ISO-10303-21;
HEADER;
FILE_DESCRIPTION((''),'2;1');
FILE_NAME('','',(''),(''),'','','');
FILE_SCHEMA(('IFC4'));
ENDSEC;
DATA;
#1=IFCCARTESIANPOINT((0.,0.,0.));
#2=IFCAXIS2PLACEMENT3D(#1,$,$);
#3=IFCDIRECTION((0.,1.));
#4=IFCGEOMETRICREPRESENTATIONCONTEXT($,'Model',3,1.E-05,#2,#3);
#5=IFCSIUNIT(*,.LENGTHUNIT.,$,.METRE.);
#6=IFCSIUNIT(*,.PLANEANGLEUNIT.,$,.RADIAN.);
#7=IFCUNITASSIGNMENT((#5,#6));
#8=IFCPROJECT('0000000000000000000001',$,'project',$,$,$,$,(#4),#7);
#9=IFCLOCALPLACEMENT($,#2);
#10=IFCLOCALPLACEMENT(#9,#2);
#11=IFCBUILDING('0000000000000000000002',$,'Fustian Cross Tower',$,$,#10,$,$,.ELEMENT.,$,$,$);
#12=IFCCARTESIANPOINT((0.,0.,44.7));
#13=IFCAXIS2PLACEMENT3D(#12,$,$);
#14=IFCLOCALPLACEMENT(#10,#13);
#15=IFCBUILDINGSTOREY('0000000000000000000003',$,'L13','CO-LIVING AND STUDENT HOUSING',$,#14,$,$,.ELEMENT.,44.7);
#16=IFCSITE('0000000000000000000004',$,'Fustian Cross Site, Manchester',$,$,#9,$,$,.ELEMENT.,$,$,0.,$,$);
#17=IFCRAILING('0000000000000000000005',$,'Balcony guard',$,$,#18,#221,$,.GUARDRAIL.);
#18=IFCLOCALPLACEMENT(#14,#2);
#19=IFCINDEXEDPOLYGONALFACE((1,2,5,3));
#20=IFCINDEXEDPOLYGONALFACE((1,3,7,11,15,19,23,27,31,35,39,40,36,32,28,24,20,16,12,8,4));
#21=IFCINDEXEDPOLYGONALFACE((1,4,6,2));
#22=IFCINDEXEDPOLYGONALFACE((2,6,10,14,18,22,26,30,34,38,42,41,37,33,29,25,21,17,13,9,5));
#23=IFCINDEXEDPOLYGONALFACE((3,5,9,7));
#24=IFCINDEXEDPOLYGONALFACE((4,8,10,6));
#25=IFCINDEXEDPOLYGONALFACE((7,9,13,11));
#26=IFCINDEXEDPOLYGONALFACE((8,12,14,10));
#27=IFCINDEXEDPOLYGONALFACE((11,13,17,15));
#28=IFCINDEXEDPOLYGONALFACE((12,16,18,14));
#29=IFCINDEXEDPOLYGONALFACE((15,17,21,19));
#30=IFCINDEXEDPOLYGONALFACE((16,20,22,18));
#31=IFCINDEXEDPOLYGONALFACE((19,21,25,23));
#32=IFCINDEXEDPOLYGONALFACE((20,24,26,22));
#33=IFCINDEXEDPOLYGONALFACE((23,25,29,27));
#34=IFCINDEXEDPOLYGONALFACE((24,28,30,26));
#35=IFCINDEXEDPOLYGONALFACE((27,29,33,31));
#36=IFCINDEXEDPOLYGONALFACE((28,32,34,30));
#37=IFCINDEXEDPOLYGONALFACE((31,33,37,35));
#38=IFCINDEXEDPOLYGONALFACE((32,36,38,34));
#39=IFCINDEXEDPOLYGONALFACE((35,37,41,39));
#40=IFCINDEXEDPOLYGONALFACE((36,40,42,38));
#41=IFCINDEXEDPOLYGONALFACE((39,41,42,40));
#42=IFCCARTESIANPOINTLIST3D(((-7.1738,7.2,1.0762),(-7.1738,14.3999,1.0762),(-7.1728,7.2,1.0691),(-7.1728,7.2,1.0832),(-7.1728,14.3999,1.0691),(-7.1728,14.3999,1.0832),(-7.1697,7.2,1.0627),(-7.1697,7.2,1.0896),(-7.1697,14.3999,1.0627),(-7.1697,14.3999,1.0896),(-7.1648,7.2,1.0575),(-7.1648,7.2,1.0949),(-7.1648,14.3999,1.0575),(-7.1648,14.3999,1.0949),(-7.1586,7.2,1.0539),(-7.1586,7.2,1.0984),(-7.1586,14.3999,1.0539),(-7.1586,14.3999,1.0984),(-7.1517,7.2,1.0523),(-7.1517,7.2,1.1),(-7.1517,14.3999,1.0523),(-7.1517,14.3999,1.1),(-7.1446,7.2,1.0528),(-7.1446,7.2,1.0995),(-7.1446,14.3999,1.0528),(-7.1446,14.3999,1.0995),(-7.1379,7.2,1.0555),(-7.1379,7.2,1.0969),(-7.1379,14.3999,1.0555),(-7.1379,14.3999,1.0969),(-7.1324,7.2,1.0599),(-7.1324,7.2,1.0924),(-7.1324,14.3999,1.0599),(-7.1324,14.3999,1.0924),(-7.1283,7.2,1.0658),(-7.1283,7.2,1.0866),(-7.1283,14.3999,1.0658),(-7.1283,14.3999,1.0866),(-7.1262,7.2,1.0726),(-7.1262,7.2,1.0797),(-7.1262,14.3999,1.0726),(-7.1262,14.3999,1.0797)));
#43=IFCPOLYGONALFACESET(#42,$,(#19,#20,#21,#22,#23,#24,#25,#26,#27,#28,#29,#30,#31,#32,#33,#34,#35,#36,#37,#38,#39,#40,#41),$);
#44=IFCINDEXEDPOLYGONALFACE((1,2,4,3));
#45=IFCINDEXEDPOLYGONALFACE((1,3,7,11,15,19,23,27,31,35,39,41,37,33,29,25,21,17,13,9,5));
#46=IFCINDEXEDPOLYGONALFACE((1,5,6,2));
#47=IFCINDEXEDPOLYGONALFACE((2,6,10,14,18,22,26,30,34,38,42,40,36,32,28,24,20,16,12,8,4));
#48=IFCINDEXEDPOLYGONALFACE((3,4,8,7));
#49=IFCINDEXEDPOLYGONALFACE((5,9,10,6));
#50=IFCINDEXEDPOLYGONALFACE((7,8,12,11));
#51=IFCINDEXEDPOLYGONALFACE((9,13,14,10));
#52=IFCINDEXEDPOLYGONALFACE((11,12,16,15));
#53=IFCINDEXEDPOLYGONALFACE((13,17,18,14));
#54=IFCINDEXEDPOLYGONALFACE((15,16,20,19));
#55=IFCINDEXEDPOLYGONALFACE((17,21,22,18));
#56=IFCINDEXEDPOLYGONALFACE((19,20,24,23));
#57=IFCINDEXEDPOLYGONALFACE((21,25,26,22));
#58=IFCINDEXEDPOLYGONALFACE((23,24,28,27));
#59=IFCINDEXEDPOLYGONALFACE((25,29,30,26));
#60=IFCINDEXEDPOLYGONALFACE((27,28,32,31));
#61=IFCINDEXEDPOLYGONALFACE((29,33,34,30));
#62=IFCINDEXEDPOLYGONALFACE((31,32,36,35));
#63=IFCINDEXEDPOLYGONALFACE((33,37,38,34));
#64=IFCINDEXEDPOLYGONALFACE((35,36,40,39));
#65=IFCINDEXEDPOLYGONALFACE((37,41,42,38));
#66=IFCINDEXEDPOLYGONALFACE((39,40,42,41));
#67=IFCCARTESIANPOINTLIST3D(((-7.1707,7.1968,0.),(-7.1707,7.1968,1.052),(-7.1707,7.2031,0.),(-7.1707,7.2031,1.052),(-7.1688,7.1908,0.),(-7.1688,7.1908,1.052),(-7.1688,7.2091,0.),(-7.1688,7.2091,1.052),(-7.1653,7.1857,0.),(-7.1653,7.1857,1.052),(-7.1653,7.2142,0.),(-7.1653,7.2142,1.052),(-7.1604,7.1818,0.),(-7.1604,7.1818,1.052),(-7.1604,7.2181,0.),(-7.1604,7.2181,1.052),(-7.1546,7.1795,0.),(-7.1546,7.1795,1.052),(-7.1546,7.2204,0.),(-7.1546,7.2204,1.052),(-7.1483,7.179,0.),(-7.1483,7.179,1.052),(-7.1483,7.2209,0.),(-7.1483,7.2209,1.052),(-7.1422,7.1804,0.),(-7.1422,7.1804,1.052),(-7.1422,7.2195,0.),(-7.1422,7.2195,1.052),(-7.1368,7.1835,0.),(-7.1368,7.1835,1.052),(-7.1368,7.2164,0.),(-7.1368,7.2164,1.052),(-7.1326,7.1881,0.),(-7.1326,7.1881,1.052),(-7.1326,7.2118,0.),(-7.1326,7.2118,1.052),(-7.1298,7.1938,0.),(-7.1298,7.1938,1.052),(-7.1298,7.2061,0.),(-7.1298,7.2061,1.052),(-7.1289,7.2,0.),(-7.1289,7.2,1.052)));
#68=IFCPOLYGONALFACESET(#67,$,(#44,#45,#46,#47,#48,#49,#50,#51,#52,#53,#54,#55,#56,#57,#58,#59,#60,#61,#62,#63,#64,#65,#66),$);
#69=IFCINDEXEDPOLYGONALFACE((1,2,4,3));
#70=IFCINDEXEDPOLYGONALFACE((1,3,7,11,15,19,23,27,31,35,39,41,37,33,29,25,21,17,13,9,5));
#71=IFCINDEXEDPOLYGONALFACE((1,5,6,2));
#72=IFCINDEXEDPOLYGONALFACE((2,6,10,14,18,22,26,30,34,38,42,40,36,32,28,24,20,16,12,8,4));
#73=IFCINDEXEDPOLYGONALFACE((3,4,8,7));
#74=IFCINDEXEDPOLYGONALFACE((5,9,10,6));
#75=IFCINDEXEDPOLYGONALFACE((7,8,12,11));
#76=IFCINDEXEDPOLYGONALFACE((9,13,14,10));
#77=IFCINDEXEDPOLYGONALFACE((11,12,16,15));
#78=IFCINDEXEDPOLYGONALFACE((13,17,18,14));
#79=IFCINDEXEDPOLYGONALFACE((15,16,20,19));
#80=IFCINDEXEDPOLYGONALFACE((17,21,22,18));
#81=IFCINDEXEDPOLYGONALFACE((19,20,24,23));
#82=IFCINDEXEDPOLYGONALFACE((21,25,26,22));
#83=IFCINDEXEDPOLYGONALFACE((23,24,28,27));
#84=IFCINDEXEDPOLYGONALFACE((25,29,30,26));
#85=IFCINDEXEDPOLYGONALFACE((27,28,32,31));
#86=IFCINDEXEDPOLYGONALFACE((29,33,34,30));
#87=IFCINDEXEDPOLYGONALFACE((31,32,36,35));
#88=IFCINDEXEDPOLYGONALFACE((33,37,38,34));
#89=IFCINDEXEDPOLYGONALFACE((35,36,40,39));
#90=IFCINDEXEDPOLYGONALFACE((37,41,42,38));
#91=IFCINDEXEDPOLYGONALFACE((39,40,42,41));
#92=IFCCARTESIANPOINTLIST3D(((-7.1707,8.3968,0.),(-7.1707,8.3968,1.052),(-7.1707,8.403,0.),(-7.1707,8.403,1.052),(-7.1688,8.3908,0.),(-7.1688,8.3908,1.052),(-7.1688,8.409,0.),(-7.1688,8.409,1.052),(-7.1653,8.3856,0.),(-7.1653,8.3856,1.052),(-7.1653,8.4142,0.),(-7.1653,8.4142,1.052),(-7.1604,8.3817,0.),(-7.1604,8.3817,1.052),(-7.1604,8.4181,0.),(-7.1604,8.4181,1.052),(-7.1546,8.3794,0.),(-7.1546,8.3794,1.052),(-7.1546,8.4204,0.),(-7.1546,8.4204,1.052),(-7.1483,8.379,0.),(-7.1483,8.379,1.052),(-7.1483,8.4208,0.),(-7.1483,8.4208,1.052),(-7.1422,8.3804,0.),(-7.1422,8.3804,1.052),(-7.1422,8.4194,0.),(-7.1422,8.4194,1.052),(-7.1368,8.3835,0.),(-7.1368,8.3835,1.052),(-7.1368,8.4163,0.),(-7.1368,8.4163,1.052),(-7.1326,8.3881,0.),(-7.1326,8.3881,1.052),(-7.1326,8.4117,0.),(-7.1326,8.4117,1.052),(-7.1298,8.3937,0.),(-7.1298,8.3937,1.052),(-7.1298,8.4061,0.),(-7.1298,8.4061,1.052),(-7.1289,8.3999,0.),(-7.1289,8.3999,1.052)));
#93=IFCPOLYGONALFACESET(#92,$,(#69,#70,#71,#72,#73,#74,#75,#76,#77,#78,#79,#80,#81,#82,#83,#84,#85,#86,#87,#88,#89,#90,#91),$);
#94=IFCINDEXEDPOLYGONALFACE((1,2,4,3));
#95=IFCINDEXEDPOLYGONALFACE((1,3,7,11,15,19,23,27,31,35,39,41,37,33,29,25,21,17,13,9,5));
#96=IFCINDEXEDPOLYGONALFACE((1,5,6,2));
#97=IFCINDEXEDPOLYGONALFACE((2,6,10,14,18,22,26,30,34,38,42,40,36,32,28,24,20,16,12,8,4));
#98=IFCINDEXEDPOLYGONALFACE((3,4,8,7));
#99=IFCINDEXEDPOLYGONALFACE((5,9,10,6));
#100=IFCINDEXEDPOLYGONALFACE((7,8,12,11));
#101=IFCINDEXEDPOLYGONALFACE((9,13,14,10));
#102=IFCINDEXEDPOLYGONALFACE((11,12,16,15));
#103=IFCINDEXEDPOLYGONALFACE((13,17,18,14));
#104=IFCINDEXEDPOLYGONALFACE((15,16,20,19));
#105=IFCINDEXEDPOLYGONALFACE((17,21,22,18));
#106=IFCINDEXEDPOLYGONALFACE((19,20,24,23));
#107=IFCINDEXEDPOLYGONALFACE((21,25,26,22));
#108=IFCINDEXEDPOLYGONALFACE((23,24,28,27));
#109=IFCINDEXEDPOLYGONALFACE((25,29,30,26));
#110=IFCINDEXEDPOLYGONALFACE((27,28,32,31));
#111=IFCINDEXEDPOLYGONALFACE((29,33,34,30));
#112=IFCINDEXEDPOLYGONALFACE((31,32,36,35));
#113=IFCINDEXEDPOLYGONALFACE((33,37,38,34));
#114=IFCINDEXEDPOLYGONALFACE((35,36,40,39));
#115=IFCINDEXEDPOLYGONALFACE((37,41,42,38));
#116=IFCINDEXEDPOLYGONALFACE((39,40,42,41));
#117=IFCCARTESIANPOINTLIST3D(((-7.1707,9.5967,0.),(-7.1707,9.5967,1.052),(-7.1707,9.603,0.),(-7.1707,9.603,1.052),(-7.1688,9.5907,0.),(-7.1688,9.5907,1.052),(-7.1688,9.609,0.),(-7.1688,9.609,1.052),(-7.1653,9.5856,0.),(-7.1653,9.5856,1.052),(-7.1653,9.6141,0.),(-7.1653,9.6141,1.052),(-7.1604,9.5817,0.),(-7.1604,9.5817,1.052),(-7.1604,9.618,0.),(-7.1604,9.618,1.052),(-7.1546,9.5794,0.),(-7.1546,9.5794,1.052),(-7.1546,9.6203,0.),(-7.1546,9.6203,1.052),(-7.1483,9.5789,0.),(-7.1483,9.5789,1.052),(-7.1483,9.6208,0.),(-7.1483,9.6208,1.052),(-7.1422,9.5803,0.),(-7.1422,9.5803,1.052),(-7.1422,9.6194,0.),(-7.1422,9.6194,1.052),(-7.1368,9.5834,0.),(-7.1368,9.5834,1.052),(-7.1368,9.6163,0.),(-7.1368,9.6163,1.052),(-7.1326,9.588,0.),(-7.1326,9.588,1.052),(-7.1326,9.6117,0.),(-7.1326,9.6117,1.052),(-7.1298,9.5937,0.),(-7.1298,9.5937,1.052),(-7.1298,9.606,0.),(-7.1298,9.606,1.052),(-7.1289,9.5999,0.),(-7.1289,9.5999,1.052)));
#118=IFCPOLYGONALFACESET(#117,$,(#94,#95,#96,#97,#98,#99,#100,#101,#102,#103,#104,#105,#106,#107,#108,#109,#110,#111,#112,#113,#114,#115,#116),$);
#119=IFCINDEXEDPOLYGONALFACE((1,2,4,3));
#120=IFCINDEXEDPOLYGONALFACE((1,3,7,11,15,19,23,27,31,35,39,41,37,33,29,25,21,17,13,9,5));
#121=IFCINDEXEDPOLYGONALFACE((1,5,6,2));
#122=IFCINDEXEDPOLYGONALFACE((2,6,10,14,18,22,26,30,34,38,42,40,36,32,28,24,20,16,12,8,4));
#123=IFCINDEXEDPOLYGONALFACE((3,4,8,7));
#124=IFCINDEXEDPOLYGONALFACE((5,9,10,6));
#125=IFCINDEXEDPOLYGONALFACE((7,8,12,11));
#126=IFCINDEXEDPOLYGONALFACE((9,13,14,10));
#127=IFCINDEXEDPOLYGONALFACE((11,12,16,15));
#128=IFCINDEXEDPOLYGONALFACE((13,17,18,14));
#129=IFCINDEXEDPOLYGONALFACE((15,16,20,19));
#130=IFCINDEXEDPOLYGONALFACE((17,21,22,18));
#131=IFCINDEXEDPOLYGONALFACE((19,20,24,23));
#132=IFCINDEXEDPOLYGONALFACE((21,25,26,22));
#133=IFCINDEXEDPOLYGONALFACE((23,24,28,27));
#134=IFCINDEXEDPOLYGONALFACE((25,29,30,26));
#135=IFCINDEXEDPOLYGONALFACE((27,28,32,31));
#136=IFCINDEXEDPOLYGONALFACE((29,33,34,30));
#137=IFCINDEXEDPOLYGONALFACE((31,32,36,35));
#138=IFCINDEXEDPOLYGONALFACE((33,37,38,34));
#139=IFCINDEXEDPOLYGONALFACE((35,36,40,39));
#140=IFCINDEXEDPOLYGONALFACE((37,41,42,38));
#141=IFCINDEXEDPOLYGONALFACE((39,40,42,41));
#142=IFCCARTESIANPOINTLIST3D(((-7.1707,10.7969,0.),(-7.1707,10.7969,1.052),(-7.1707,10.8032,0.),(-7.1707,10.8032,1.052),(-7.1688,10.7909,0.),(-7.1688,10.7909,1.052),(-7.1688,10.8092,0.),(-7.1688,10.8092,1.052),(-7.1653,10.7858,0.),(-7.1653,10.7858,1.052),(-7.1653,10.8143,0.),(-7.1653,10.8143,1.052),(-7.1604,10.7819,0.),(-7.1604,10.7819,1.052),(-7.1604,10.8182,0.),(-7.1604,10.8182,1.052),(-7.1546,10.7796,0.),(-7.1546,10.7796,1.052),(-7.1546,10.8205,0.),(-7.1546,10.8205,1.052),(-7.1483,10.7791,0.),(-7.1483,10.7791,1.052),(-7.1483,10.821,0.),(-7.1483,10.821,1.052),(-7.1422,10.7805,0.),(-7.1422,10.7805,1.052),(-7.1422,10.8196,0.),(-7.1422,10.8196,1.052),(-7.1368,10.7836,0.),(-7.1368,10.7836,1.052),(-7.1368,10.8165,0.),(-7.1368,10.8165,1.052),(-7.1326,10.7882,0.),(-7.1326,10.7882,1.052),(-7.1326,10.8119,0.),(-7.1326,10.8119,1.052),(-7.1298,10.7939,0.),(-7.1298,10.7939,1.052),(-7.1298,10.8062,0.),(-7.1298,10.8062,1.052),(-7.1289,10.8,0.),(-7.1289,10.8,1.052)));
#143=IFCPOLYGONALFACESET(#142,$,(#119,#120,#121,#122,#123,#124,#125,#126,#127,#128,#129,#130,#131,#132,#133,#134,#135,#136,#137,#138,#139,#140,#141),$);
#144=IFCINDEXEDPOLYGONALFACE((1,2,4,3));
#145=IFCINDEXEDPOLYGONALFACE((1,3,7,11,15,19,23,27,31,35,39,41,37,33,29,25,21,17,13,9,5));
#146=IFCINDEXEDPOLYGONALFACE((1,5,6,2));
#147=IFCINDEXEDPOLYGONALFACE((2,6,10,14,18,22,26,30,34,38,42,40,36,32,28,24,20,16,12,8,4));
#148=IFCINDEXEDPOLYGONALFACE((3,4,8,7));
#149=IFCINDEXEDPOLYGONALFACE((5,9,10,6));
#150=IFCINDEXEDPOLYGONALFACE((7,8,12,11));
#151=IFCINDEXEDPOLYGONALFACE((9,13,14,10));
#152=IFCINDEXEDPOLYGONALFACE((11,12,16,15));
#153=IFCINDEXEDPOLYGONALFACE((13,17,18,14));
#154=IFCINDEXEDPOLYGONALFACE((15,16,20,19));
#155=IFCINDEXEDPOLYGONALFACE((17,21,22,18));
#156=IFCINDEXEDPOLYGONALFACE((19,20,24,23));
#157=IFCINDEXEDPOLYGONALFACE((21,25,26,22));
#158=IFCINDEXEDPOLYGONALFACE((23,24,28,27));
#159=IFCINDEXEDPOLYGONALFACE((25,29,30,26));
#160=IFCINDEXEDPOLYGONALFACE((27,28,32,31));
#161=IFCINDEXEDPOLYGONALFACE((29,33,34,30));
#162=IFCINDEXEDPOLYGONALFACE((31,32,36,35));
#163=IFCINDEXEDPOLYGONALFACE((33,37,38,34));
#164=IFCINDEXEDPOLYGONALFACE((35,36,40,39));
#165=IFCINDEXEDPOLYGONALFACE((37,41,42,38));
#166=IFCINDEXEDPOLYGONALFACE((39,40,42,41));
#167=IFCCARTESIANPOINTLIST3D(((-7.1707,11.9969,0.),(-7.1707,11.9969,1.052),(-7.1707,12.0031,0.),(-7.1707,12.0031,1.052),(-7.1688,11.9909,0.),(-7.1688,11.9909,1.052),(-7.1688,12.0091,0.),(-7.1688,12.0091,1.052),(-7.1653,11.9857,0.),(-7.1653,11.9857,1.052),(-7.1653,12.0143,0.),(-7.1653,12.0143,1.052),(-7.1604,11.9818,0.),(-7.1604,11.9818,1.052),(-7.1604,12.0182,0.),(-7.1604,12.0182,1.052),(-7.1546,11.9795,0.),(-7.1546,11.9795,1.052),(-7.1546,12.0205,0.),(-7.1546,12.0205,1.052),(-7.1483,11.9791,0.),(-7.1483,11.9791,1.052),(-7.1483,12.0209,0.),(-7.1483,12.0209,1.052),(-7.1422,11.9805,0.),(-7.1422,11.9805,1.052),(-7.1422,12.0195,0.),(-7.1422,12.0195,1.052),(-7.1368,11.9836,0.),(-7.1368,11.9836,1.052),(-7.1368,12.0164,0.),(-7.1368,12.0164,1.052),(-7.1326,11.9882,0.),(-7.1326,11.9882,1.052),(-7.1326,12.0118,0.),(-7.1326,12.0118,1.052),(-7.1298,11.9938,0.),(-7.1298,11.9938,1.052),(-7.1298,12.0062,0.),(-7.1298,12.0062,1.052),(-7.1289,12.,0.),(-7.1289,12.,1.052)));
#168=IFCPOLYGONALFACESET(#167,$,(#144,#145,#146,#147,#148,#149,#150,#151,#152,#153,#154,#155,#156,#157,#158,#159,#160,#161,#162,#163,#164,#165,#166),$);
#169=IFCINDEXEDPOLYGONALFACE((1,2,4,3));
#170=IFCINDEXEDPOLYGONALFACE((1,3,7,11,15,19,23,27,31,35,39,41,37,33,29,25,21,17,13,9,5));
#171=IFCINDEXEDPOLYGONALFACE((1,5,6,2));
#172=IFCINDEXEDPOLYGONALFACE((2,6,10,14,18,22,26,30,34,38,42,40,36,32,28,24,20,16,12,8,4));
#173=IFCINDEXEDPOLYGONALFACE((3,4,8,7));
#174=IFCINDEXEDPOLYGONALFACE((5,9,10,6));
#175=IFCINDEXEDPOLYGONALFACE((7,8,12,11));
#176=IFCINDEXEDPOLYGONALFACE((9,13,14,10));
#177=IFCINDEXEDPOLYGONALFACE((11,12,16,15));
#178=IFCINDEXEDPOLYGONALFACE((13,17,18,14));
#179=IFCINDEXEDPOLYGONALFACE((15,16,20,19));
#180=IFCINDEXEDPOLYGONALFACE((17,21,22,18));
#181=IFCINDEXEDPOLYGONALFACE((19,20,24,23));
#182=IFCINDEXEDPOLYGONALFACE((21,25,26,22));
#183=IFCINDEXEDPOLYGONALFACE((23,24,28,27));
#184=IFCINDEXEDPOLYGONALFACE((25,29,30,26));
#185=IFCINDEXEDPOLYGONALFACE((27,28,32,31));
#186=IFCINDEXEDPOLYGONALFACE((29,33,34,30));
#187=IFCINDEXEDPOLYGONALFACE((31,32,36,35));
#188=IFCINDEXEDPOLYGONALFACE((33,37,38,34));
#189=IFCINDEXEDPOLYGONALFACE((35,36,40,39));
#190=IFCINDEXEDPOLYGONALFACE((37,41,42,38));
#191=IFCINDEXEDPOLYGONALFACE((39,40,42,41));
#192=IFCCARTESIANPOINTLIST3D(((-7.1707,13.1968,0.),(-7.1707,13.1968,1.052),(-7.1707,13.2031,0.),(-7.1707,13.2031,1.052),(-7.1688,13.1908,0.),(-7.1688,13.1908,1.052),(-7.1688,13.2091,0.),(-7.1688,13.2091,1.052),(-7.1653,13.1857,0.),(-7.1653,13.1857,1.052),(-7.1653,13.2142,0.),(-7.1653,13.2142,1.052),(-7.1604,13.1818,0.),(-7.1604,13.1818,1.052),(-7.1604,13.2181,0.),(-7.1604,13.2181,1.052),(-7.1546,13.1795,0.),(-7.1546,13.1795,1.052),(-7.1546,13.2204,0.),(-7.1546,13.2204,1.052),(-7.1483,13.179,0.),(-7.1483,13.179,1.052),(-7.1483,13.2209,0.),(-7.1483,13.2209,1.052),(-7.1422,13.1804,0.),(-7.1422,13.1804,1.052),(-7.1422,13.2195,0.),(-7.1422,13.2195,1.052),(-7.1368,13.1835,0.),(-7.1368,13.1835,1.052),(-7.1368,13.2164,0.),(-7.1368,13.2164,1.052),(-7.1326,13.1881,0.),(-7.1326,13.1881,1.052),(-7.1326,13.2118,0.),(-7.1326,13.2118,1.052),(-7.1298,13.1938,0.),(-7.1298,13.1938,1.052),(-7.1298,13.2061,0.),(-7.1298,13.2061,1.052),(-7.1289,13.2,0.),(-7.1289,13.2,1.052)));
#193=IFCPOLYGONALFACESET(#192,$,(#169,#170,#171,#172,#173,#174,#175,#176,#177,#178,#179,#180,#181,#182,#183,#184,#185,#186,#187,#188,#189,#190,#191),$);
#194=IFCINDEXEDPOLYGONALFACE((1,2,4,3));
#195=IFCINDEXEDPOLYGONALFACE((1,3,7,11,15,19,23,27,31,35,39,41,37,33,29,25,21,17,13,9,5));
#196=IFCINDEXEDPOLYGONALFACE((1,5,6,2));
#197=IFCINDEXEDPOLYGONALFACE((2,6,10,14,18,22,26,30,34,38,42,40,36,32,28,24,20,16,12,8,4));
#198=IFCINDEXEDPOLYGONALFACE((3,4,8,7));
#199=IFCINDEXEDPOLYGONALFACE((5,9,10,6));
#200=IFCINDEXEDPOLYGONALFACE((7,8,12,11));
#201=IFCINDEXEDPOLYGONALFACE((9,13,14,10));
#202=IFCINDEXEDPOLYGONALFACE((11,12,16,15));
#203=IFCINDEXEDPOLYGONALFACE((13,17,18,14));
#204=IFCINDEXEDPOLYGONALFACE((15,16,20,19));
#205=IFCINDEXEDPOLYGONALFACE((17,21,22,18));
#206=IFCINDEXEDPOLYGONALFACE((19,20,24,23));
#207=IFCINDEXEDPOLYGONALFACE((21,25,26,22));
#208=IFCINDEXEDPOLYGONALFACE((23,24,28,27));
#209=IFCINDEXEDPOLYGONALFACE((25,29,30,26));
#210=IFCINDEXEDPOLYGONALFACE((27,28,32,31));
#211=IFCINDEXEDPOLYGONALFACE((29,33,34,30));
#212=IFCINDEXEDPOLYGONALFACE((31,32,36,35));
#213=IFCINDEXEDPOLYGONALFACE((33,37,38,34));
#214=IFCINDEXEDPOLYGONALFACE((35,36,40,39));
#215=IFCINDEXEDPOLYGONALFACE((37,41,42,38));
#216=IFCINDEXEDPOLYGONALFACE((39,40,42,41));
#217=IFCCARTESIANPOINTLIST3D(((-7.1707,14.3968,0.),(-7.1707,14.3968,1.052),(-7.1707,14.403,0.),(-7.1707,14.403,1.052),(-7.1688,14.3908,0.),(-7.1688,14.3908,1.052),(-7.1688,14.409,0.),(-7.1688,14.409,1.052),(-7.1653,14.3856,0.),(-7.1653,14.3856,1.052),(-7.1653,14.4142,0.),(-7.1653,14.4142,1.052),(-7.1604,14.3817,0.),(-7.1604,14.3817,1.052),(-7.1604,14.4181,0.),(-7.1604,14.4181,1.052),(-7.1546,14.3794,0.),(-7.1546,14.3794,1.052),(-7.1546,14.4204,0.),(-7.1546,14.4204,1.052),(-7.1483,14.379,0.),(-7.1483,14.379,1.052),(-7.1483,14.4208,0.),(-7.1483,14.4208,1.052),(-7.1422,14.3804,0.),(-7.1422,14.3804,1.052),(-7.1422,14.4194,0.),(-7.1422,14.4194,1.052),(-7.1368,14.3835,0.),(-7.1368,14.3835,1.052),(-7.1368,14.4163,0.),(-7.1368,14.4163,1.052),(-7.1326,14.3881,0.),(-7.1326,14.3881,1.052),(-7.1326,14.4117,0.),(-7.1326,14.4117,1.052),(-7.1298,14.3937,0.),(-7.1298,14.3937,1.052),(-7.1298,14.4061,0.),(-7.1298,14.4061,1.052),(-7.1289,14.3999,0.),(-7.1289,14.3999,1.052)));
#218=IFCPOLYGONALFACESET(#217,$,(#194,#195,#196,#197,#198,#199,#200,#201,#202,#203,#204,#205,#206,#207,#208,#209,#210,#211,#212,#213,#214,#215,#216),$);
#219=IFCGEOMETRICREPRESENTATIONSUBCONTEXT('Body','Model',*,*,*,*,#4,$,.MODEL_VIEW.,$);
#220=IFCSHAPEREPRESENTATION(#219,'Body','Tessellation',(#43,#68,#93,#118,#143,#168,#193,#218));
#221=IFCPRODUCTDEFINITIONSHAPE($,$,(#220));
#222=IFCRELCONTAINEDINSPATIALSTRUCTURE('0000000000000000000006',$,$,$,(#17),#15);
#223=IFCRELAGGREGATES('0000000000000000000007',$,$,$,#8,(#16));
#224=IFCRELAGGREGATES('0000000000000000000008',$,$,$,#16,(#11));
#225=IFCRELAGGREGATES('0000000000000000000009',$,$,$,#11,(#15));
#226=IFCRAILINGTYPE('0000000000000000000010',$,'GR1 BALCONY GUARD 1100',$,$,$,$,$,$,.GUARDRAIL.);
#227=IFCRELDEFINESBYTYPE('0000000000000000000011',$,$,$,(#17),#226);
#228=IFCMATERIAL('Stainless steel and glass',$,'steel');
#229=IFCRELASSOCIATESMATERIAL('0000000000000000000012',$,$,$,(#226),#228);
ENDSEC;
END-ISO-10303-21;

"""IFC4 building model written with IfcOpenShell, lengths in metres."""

from ifc_helpers import new_model, si_unit, direction, frame, origin, origin_2d, place, context, subcontext, project, spatial, circle, extrude, material, type_object, element, save


model = new_model("IFC4")

# Units and contexts
model_context = context("Model", 3, precision=1e-05, world=origin(), true_north=direction((0.0, 1.0)))
body_context = subcontext(model_context, "Body", "Model", "MODEL_VIEW")
ifc_project = project(units=[si_unit("LENGTHUNIT", "METRE"), si_unit("PLANEANGLEUNIT", "RADIAN")], contexts=[model_context])

# Site, building, storey
site_placement = place(None, origin())
site = spatial("IfcSite", under=ifc_project, at=site_placement, Name="Fustian Cross Site, Manchester", CompositionType="ELEMENT", RefElevation=0.0)
building_placement = place(site_placement, origin())
building = spatial("IfcBuilding", under=site, at=building_placement, Name="Fustian Cross Tower", CompositionType="ELEMENT")
storey_placement = place(building_placement, frame((0.0, 0.0, 44.7)))
storey = spatial("IfcBuildingStorey", under=building, at=storey_placement, Name="L13", Description="CO-LIVING AND STUDENT HOUSING", CompositionType="ELEMENT", Elevation=44.7)

# Railing
ifc_material_1 = material(Name="Stainless steel and glass", Category="steel")
railing_type = type_object("IfcRailingType", Name="GR1 BALCONY GUARD 1100", PredefinedType="GUARDRAIL", material=ifc_material_1)
railing_placement = place(storey_placement, frame((-7.1499, 7.2, 0.0)))
element("IfcRailing", 1, at=railing_placement, inside=storey, type_object=railing_type, Name="Balcony guard", PredefinedType="GUARDRAIL", context=body_context, shape_type="SweptSolid", body=[
    extrude(circle(Radius=0.0239, at=origin_2d()), frame((0.0, 0.0, 1.0762), z_axis=(0.0, 1.0, 0.0), x_axis=(-1.0, 0.0, 0.0)), (0.0, 0.0, 1.0), 7.2),
    extrude(circle(Radius=0.021, at=origin_2d()), origin(), (0.0, 0.0, 1.0), 1.052),
    extrude(circle(Radius=0.021, at=origin_2d()), frame((0.0, 1.2, 0.0)), (0.0, 0.0, 1.0), 1.052),
    extrude(circle(Radius=0.021, at=origin_2d()), frame((0.0, 2.3999, 0.0)), (0.0, 0.0, 1.0), 1.052),
    extrude(circle(Radius=0.021, at=origin_2d()), frame((0.0, 3.6001, 0.0)), (0.0, 0.0, 1.0), 1.052),
    extrude(circle(Radius=0.021, at=origin_2d()), frame((0.0, 4.8, 0.0)), (0.0, 0.0, 1.0), 1.052),
    extrude(circle(Radius=0.021, at=origin_2d()), frame((0.0, 6.0, 0.0)), (0.0, 0.0, 1.0), 1.052),
    extrude(circle(Radius=0.021, at=origin_2d()), frame((0.0, 7.2, 0.0)), (0.0, 0.0, 1.0), 1.052),
])

save(model, "model.ifc")
